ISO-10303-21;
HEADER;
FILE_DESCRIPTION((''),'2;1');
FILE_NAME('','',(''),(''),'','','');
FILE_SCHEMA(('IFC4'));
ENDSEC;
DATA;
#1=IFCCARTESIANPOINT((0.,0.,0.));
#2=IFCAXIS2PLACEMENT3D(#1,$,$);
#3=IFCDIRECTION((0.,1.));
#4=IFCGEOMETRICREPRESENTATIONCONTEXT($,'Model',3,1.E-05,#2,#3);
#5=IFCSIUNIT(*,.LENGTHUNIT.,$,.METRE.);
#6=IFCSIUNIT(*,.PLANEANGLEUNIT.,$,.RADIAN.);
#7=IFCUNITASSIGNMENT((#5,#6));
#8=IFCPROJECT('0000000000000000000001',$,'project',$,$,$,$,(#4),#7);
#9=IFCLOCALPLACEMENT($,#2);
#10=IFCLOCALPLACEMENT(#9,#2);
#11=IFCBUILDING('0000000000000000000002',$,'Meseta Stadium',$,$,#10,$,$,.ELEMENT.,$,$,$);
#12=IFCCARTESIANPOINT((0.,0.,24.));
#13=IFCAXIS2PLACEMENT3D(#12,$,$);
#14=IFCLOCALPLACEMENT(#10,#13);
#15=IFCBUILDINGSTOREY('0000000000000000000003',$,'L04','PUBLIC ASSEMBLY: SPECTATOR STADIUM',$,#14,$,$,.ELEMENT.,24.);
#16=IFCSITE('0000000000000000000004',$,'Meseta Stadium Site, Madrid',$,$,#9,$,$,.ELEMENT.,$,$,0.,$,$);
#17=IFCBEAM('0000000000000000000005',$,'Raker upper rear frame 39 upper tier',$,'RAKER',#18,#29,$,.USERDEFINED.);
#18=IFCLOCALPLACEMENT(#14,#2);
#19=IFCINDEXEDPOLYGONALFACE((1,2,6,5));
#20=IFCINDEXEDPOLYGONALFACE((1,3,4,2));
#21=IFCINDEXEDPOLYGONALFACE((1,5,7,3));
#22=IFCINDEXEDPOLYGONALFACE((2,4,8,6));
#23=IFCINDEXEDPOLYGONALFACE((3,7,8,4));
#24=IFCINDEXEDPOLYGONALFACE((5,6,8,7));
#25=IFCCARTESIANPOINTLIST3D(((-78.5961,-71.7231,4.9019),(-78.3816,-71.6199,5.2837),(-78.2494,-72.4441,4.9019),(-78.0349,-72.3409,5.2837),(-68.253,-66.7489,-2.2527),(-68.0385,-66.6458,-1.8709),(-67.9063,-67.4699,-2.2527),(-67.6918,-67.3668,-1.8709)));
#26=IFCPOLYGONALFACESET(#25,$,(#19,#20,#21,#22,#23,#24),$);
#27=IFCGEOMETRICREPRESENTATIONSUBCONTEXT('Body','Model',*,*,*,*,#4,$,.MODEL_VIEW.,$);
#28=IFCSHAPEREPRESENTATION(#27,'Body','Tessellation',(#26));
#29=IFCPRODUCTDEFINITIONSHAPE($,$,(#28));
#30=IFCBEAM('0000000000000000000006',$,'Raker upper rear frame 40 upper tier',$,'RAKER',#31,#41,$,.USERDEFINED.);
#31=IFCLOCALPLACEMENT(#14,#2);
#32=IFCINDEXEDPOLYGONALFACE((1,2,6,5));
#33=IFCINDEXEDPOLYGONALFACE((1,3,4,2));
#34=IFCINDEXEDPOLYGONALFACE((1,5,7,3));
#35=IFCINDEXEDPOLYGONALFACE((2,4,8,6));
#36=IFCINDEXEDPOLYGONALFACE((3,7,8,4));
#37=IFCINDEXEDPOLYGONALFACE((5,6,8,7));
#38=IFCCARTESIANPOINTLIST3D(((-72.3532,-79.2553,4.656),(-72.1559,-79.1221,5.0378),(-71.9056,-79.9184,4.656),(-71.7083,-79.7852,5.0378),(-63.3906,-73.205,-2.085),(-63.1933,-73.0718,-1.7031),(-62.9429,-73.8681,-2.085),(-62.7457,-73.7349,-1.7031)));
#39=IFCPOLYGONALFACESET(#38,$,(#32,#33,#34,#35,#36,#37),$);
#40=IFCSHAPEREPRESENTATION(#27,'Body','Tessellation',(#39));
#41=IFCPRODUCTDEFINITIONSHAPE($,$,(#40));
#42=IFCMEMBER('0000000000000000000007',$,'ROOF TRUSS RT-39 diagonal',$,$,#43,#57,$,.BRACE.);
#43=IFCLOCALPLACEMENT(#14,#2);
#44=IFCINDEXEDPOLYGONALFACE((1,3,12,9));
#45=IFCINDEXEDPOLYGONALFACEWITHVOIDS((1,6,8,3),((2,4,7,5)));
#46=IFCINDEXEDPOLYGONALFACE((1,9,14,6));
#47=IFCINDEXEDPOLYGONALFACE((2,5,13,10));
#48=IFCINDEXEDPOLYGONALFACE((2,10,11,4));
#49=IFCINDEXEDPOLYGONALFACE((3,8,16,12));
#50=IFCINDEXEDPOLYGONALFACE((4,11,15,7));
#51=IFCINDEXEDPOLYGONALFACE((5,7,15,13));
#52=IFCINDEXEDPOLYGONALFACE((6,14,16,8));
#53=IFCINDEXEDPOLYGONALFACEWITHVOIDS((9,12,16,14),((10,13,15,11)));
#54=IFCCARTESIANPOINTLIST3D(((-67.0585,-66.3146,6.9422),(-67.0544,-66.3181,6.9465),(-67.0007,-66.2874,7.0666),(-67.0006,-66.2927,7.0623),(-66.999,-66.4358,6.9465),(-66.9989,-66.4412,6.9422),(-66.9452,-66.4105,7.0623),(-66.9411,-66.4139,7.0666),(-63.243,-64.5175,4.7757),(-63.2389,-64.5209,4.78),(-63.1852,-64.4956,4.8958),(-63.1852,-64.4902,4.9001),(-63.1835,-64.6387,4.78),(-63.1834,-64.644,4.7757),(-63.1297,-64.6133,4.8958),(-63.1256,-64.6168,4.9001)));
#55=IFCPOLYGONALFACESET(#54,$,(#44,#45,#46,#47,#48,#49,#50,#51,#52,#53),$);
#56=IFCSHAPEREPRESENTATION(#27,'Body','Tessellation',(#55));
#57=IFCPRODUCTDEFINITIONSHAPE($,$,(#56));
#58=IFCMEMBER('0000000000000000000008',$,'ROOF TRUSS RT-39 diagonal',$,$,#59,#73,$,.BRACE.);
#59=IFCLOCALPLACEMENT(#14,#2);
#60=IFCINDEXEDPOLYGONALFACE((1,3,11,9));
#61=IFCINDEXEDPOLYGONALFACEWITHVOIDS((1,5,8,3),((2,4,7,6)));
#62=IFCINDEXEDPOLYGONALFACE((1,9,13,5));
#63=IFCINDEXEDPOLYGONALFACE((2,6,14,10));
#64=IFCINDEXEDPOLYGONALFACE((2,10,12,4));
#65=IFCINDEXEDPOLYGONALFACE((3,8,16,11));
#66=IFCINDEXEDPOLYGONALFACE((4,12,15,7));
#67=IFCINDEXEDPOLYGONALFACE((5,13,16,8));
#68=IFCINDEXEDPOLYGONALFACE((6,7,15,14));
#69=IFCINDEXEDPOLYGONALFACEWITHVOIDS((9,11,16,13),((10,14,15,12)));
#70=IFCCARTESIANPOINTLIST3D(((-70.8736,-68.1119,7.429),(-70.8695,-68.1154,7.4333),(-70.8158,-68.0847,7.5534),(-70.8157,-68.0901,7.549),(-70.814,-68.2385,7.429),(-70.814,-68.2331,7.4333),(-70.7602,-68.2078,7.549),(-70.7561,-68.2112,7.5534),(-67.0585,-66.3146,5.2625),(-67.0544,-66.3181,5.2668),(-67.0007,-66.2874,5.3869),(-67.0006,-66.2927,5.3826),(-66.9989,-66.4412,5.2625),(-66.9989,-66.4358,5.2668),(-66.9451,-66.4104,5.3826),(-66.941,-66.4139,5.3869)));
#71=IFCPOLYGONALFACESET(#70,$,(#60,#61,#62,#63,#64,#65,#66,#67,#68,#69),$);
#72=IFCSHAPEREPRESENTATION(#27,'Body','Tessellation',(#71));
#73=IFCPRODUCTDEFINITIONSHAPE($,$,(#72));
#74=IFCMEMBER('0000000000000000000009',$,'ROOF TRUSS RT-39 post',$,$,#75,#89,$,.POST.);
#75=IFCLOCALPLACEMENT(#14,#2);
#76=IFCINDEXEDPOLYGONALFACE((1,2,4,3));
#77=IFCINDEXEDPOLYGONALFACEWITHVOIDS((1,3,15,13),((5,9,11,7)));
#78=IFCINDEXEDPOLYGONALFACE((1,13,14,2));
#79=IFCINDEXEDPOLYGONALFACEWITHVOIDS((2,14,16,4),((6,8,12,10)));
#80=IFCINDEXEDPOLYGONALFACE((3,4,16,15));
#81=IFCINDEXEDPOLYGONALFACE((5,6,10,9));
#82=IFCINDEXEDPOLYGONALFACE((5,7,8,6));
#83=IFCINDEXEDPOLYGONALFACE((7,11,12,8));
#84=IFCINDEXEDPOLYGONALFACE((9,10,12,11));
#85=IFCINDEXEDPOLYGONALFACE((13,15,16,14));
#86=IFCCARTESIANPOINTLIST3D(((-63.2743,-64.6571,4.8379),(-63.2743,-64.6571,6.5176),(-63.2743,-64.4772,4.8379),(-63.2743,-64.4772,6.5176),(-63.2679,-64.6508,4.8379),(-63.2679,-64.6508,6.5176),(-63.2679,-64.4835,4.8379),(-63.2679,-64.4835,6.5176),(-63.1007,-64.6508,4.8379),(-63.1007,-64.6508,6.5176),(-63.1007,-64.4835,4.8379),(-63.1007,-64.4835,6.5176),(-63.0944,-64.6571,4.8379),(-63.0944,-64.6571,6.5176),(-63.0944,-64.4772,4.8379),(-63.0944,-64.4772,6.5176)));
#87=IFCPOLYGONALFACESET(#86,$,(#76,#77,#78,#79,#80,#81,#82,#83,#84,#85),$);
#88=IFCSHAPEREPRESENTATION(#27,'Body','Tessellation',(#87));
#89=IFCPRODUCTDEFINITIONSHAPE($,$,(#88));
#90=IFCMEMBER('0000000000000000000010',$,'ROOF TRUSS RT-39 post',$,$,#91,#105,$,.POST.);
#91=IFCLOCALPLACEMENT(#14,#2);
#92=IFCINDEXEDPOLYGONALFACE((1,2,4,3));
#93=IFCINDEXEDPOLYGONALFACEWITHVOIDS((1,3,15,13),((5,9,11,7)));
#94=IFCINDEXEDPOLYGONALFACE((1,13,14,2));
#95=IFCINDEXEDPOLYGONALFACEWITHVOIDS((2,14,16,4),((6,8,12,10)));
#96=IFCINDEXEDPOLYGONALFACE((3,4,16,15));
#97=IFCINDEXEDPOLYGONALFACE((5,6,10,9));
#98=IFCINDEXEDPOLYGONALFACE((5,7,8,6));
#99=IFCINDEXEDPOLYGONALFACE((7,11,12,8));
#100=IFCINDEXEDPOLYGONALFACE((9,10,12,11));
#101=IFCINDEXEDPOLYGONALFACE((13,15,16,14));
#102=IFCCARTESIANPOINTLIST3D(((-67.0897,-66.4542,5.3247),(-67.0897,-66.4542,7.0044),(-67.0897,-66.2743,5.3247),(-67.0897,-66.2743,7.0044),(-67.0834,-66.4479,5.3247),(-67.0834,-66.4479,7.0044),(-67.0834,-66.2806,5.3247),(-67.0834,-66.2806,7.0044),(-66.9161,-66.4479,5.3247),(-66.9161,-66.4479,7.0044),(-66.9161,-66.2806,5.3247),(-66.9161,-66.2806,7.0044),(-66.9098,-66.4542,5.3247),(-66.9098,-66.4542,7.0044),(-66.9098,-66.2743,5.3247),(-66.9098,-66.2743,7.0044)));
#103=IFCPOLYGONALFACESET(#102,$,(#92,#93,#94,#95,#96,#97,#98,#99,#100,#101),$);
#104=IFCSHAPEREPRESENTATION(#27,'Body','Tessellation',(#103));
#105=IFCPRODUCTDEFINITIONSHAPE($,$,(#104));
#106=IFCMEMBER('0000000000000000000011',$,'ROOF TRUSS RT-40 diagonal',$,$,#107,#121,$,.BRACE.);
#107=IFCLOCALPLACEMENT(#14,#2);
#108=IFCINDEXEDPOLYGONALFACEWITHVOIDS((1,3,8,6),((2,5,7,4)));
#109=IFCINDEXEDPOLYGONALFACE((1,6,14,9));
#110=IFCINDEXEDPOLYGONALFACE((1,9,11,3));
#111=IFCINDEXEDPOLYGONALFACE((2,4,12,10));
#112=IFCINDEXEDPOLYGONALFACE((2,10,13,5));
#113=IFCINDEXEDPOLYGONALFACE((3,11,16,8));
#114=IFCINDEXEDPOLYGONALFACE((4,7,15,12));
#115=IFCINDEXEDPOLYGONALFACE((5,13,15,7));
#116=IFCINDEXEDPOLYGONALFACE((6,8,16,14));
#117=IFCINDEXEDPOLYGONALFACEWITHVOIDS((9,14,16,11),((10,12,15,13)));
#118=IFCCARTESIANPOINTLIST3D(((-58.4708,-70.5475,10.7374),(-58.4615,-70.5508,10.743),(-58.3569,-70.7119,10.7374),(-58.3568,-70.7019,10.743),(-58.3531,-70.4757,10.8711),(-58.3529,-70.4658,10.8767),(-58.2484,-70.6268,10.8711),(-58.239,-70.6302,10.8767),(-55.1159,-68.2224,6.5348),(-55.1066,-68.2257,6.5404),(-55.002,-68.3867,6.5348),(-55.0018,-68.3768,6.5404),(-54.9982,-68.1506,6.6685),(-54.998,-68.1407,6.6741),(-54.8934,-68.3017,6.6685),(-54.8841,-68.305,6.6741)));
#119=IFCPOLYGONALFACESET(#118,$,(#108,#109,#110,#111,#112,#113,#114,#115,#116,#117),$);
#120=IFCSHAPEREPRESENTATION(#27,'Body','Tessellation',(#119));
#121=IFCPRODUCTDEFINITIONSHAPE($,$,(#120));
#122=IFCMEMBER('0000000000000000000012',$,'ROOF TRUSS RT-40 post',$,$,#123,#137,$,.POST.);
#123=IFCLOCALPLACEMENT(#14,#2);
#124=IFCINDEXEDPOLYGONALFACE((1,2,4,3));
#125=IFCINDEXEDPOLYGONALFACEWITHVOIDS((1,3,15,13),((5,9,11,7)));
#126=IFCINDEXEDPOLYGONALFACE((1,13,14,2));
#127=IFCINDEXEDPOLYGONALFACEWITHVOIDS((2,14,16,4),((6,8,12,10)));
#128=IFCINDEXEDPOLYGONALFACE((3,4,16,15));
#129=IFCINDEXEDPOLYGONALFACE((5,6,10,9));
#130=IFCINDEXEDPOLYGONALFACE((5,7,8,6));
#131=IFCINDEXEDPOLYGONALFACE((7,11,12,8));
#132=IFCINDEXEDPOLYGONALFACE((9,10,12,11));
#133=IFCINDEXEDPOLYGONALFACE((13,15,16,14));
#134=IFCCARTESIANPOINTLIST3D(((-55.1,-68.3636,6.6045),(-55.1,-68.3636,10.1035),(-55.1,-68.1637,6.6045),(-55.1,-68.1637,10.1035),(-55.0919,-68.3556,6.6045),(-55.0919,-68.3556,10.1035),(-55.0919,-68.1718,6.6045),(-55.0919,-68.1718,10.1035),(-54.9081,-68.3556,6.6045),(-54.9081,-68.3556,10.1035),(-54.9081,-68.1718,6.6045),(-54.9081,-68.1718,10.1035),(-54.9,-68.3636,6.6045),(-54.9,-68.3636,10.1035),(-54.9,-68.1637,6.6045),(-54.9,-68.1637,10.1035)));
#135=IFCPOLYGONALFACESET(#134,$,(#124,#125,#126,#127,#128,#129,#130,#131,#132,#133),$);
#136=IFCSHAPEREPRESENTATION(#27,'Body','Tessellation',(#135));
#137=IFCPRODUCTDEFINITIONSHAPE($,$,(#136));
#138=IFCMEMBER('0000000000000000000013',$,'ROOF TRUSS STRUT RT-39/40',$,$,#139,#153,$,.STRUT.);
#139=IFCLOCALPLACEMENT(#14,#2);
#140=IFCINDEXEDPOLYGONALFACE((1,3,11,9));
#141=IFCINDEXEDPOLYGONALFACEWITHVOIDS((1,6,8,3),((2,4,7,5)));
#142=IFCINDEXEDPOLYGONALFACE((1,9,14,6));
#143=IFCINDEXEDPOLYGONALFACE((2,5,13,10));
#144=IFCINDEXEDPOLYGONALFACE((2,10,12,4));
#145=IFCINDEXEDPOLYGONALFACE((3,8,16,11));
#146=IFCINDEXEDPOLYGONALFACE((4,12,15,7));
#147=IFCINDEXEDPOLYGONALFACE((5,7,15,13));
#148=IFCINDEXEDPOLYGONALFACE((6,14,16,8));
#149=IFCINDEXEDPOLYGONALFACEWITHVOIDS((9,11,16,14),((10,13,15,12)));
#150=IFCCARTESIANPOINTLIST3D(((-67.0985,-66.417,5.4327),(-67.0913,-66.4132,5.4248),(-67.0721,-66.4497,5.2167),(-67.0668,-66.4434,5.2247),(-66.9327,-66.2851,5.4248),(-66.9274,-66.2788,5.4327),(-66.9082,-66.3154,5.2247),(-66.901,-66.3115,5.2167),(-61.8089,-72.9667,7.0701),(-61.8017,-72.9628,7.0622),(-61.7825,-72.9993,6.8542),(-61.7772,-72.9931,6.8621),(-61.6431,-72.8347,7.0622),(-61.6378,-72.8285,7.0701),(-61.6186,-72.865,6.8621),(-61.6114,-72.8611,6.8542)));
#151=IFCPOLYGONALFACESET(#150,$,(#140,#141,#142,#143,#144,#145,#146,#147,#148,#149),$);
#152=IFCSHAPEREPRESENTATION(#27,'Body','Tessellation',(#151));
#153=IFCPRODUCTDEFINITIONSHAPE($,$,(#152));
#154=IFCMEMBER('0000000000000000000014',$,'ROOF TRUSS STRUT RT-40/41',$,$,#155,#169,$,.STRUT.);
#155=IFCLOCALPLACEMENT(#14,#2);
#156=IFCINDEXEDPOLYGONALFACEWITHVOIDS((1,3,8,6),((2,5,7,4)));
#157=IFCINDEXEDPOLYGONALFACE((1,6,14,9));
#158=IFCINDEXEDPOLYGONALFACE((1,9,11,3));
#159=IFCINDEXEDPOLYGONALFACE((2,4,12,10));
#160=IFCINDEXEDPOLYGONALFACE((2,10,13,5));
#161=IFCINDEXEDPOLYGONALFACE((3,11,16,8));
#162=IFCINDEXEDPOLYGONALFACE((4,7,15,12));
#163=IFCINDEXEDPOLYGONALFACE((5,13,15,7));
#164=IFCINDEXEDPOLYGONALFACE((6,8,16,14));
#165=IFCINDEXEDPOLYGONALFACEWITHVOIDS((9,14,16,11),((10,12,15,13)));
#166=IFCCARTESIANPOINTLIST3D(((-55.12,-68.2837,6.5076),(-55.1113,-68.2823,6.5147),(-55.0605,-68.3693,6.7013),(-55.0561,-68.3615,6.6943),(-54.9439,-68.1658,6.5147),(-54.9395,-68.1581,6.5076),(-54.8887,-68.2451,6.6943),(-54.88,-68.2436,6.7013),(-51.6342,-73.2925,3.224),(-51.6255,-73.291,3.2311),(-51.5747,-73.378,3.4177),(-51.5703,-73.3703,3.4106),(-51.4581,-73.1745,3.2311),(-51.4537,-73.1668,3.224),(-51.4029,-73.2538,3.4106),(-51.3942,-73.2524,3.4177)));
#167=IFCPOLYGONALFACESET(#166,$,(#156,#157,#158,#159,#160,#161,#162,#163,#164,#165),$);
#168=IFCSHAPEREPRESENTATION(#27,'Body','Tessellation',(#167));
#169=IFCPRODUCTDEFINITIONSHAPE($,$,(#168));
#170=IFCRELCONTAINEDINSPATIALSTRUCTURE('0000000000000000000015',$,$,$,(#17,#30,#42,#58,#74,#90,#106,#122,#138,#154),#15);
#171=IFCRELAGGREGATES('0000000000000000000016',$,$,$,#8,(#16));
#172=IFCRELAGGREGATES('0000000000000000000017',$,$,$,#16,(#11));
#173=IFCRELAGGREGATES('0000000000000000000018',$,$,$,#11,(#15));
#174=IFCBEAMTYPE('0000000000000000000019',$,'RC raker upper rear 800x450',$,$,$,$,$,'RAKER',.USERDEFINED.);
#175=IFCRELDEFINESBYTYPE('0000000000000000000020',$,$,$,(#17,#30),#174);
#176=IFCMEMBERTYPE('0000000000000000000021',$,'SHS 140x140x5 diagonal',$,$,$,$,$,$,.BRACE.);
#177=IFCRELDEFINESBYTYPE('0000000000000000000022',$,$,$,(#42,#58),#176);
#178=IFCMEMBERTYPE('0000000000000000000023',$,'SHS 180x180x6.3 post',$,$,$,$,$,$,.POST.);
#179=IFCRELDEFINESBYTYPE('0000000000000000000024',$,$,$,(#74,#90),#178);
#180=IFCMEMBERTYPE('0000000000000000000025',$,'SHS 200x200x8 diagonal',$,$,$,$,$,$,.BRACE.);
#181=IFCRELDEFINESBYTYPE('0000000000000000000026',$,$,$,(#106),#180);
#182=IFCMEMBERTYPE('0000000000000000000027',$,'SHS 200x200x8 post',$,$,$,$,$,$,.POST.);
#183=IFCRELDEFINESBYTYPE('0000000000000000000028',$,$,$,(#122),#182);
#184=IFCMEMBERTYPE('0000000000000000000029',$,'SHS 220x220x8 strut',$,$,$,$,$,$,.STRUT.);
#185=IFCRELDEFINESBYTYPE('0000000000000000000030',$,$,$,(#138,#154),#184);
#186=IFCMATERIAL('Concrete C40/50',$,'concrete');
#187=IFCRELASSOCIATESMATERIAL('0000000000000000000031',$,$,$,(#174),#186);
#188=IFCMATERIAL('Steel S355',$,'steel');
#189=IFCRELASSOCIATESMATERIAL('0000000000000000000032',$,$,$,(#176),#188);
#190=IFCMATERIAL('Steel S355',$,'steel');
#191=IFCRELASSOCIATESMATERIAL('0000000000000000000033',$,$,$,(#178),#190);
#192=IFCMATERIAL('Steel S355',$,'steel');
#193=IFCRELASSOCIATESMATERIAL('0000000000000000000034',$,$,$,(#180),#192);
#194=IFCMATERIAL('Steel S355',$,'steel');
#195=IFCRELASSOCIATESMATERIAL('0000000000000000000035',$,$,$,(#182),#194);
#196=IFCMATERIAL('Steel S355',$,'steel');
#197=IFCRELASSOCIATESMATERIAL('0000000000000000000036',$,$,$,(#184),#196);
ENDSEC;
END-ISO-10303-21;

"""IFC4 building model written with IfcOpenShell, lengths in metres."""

from ifc_helpers import new_model, si_unit, direction, frame, origin, origin_2d, place, context, subcontext, project, spatial, rectangle, hollow_rectangle, extrude, material, material_profile, profile_set, type_object, element, save


model = new_model("IFC4")

# Units and contexts
model_context = context("Model", 3, precision=1e-05, world=origin(), true_north=direction((0.0, 1.0)))
body_context = subcontext(model_context, "Body", "Model", "MODEL_VIEW")
ifc_project = project(units=[si_unit("LENGTHUNIT", "METRE"), si_unit("PLANEANGLEUNIT", "RADIAN")], contexts=[model_context])

# Site, building, storey
site_placement = place(None, origin())
site = spatial("IfcSite", under=ifc_project, at=site_placement, Name="Meseta Stadium Site, Madrid", CompositionType="ELEMENT", RefElevation=0.0)
building_placement = place(site_placement, origin())
building = spatial("IfcBuilding", under=site, at=building_placement, Name="Meseta Stadium", CompositionType="ELEMENT")
storey_placement = place(building_placement, frame((0.0, 0.0, 24.0)))
storey = spatial("IfcBuildingStorey", under=building, at=storey_placement, Name="L04", Description="PUBLIC ASSEMBLY: SPECTATOR STADIUM", CompositionType="ELEMENT", Elevation=24.0)

# Beams
ifc_material_1 = material(Name="Concrete C40/50", Category="concrete")
ifc_material_profile_1 = material_profile(ifc_material_1, rectangle(XDim=0.8, YDim=0.45, at=origin_2d()), Name="RC 800x450")
ifc_profile_set_1 = profile_set([ifc_material_profile_1], Name="Concrete C40/50")
beam_type = type_object("IfcBeamType", Name="RC raker upper rear 800x450", ElementType="RAKER", PredefinedType="USERDEFINED", material=ifc_profile_set_1)
beam_1_placement = place(storey_placement, frame((-67.9724, -67.0579, -2.0618), z_axis=(-0.764771, -0.367791, 0.529013), x_axis=(0.433402, -0.901201, 0.0)))
element("IfcBeam", 1, at=beam_1_placement, inside=storey, type_object=beam_type, Name="Raker upper rear frame 39 upper tier", ObjectType="RAKER", PredefinedType="USERDEFINED", context=body_context, shape_type="SweptSolid", body=[
    extrude(rectangle(XDim=0.8, YDim=0.45, at=origin_2d()), origin(), (0.0, 0.0, 1.0), 13.5244),
])
beam_2_placement = place(storey_placement, frame((-63.0681, -73.47, -1.894), z_axis=(-0.703357, -0.474806, 0.529007), x_axis=(0.559505, -0.828827, 0.0)))
element("IfcBeam", 2, at=beam_2_placement, inside=storey, type_object=beam_type, Name="Raker upper rear frame 40 upper tier", ObjectType="RAKER", PredefinedType="USERDEFINED", context=body_context, shape_type="SweptSolid", body=[
    extrude(rectangle(XDim=0.8, YDim=0.45, at=origin_2d()), origin(), (0.0, 0.0, 1.0), 12.7427),
])

# Members
ifc_material_2 = material(Name="Steel S355", Category="steel")
ifc_material_profile_2 = material_profile(ifc_material_2, hollow_rectangle(XDim=0.1399, YDim=0.1399, WallThickness=0.0049, at=origin_2d()), Name="SHS 140x140x5")
ifc_profile_set_2 = profile_set([ifc_material_profile_2], Name="Steel S355")
member_type_1 = type_object("IfcMemberType", Name="SHS 140x140x5 diagonal", PredefinedType="BRACE", material=ifc_profile_set_2)
member_1_placement = place(storey_placement, frame((-63.1843, -64.5671, 4.8379), z_axis=(-0.804705, -0.379027, 0.456933), x_axis=(0.426112, -0.90467, 0.0)))
element("IfcMember", 3, at=member_1_placement, inside=storey, type_object=member_type_1, Name="ROOF TRUSS RT-39 diagonal", PredefinedType="BRACE", context=body_context, shape_type="SweptSolid", body=[
    extrude(hollow_rectangle(XDim=0.1399, YDim=0.1399, WallThickness=0.0049, at=origin_2d()), origin(), (0.0, 0.0, 1.0), 4.7415),
])
member_2_placement = place(storey_placement, frame((-66.9998, -66.3643, 5.3247), z_axis=(-0.804671, -0.379087, 0.456943), x_axis=(0.426182, -0.904638, 0.0)))
element("IfcMember", 4, at=member_2_placement, inside=storey, type_object=member_type_1, Name="ROOF TRUSS RT-39 diagonal", PredefinedType="BRACE", context=body_context, shape_type="SweptSolid", body=[
    extrude(hollow_rectangle(XDim=0.1399, YDim=0.1399, WallThickness=0.0049, at=origin_2d()), origin(), (0.0, 0.0, 1.0), 4.7412),
])
ifc_material_3 = material(Name="Steel S355", Category="steel")
ifc_material_profile_3 = material_profile(ifc_material_3, hollow_rectangle(XDim=0.1799, YDim=0.1799, WallThickness=0.0063, at=origin_2d()), Name="SHS 180x180x6.3")
ifc_profile_set_3 = profile_set([ifc_material_profile_3], Name="Steel S355")
member_type_2 = type_object("IfcMemberType", Name="SHS 180x180x6.3 post", PredefinedType="POST", material=ifc_profile_set_3)
for number, where, z_axis, x_axis, name in (
    (5, (-63.1843, -64.5671, 4.8379), (0.0, 0.0, 1.0), (1.0, 0.0, 0.0), "ROOF TRUSS RT-39 post"),
    (6, (-66.9998, -66.3643, 5.3247), (0.0, 0.0, 1.0), (1.0, 0.0, 0.0), "ROOF TRUSS RT-39 post"),
):
    element("IfcMember", number, at=place(storey_placement, frame(where, z_axis=z_axis, x_axis=x_axis)), inside=storey, type_object=member_type_2, Name=name, PredefinedType="POST", context=body_context, shape_type="SweptSolid", body=[
        extrude(hollow_rectangle(XDim=0.1799, YDim=0.1799, WallThickness=0.0063, at=origin_2d()), origin(), (0.0, 0.0, 1.0), 1.6797),
    ])
ifc_material_4 = material(Name="Steel S355", Category="steel")
ifc_material_profile_4 = material_profile(ifc_material_4, hollow_rectangle(XDim=0.2, YDim=0.2, WallThickness=0.0081, at=origin_2d()), Name="SHS 200x200x8")
ifc_profile_set_4 = profile_set([ifc_material_profile_4], Name="Steel S355")
member_type_3 = type_object("IfcMemberType", Name="SHS 200x200x8 diagonal", PredefinedType="BRACE", material=ifc_profile_set_4)
member_3_placement = place(storey_placement, frame((-55.0, -68.2637, 6.6045), z_axis=(-0.572647, -0.396878, 0.71733), x_axis=(0.569627, -0.821904, 0.0)))
element("IfcMember", 7, at=member_3_placement, inside=storey, type_object=member_type_3, Name="ROOF TRUSS RT-40 diagonal", PredefinedType="BRACE", context=body_context, shape_type="SweptSolid", body=[
    extrude(hollow_rectangle(XDim=0.2, YDim=0.2, WallThickness=0.0081, at=origin_2d()), origin(), (0.0, 0.0, 1.0), 5.8586),
])
ifc_material_5 = material(Name="Steel S355", Category="steel")
ifc_material_profile_5 = material_profile(ifc_material_5, hollow_rectangle(XDim=0.2, YDim=0.2, WallThickness=0.0081, at=origin_2d()), Name="SHS 200x200x8")
ifc_profile_set_5 = profile_set([ifc_material_profile_5], Name="Steel S355")
member_type_4 = type_object("IfcMemberType", Name="SHS 200x200x8 post", PredefinedType="POST", material=ifc_profile_set_5)
member_4_placement = place(storey_placement, frame((-55.0, -68.2637, 6.6045), z_axis=(0.0, 0.0, 1.0), x_axis=(1.0, 0.0, 0.0)))
element("IfcMember", 8, at=member_4_placement, inside=storey, type_object=member_type_4, Name="ROOF TRUSS RT-40 post", PredefinedType="POST", context=body_context, shape_type="SweptSolid", body=[
    extrude(hollow_rectangle(XDim=0.2, YDim=0.2, WallThickness=0.0081, at=origin_2d()), origin(), (0.0, 0.0, 1.0), 3.499),
])
ifc_material_6 = material(Name="Steel S355", Category="steel")
ifc_material_profile_6 = material_profile(ifc_material_6, hollow_rectangle(XDim=0.22, YDim=0.22, WallThickness=0.0081, at=origin_2d()), Name="SHS 220x220x8")
ifc_profile_set_6 = profile_set([ifc_material_profile_6], Name="Steel S355")
member_type_5 = type_object("IfcMemberType", Name="SHS 220x220x8 strut", PredefinedType="STRUT", material=ifc_profile_set_6)
member_5_placement = place(storey_placement, frame((-66.9998, -66.3643, 5.3247), z_axis=(0.616745, -0.763658, 0.190922), x_axis=(0.777969, 0.628303, 0.0)))
element("IfcMember", 9, at=member_5_placement, inside=storey, type_object=member_type_5, Name="ROOF TRUSS STRUT RT-39/40", PredefinedType="STRUT", context=body_context, shape_type="SweptSolid", body=[
    extrude(hollow_rectangle(XDim=0.22, YDim=0.22, WallThickness=0.0081, at=origin_2d()), origin(), (0.0, 0.0, 1.0), 8.5767),
])
member_6_placement = place(storey_placement, frame((-55.0, -68.2637, 6.6045), z_axis=(0.503024, -0.722793, -0.473853), x_axis=(0.820793, 0.571226, 0.0)))
element("IfcMember", 10, at=member_6_placement, inside=storey, type_object=member_type_5, Name="ROOF TRUSS STRUT RT-40/41", PredefinedType="STRUT", context=body_context, shape_type="SweptSolid", body=[
    extrude(hollow_rectangle(XDim=0.22, YDim=0.22, WallThickness=0.0081, at=origin_2d()), origin(), (0.0, 0.0, 1.0), 6.9297),
])

save(model, "model.ifc")
